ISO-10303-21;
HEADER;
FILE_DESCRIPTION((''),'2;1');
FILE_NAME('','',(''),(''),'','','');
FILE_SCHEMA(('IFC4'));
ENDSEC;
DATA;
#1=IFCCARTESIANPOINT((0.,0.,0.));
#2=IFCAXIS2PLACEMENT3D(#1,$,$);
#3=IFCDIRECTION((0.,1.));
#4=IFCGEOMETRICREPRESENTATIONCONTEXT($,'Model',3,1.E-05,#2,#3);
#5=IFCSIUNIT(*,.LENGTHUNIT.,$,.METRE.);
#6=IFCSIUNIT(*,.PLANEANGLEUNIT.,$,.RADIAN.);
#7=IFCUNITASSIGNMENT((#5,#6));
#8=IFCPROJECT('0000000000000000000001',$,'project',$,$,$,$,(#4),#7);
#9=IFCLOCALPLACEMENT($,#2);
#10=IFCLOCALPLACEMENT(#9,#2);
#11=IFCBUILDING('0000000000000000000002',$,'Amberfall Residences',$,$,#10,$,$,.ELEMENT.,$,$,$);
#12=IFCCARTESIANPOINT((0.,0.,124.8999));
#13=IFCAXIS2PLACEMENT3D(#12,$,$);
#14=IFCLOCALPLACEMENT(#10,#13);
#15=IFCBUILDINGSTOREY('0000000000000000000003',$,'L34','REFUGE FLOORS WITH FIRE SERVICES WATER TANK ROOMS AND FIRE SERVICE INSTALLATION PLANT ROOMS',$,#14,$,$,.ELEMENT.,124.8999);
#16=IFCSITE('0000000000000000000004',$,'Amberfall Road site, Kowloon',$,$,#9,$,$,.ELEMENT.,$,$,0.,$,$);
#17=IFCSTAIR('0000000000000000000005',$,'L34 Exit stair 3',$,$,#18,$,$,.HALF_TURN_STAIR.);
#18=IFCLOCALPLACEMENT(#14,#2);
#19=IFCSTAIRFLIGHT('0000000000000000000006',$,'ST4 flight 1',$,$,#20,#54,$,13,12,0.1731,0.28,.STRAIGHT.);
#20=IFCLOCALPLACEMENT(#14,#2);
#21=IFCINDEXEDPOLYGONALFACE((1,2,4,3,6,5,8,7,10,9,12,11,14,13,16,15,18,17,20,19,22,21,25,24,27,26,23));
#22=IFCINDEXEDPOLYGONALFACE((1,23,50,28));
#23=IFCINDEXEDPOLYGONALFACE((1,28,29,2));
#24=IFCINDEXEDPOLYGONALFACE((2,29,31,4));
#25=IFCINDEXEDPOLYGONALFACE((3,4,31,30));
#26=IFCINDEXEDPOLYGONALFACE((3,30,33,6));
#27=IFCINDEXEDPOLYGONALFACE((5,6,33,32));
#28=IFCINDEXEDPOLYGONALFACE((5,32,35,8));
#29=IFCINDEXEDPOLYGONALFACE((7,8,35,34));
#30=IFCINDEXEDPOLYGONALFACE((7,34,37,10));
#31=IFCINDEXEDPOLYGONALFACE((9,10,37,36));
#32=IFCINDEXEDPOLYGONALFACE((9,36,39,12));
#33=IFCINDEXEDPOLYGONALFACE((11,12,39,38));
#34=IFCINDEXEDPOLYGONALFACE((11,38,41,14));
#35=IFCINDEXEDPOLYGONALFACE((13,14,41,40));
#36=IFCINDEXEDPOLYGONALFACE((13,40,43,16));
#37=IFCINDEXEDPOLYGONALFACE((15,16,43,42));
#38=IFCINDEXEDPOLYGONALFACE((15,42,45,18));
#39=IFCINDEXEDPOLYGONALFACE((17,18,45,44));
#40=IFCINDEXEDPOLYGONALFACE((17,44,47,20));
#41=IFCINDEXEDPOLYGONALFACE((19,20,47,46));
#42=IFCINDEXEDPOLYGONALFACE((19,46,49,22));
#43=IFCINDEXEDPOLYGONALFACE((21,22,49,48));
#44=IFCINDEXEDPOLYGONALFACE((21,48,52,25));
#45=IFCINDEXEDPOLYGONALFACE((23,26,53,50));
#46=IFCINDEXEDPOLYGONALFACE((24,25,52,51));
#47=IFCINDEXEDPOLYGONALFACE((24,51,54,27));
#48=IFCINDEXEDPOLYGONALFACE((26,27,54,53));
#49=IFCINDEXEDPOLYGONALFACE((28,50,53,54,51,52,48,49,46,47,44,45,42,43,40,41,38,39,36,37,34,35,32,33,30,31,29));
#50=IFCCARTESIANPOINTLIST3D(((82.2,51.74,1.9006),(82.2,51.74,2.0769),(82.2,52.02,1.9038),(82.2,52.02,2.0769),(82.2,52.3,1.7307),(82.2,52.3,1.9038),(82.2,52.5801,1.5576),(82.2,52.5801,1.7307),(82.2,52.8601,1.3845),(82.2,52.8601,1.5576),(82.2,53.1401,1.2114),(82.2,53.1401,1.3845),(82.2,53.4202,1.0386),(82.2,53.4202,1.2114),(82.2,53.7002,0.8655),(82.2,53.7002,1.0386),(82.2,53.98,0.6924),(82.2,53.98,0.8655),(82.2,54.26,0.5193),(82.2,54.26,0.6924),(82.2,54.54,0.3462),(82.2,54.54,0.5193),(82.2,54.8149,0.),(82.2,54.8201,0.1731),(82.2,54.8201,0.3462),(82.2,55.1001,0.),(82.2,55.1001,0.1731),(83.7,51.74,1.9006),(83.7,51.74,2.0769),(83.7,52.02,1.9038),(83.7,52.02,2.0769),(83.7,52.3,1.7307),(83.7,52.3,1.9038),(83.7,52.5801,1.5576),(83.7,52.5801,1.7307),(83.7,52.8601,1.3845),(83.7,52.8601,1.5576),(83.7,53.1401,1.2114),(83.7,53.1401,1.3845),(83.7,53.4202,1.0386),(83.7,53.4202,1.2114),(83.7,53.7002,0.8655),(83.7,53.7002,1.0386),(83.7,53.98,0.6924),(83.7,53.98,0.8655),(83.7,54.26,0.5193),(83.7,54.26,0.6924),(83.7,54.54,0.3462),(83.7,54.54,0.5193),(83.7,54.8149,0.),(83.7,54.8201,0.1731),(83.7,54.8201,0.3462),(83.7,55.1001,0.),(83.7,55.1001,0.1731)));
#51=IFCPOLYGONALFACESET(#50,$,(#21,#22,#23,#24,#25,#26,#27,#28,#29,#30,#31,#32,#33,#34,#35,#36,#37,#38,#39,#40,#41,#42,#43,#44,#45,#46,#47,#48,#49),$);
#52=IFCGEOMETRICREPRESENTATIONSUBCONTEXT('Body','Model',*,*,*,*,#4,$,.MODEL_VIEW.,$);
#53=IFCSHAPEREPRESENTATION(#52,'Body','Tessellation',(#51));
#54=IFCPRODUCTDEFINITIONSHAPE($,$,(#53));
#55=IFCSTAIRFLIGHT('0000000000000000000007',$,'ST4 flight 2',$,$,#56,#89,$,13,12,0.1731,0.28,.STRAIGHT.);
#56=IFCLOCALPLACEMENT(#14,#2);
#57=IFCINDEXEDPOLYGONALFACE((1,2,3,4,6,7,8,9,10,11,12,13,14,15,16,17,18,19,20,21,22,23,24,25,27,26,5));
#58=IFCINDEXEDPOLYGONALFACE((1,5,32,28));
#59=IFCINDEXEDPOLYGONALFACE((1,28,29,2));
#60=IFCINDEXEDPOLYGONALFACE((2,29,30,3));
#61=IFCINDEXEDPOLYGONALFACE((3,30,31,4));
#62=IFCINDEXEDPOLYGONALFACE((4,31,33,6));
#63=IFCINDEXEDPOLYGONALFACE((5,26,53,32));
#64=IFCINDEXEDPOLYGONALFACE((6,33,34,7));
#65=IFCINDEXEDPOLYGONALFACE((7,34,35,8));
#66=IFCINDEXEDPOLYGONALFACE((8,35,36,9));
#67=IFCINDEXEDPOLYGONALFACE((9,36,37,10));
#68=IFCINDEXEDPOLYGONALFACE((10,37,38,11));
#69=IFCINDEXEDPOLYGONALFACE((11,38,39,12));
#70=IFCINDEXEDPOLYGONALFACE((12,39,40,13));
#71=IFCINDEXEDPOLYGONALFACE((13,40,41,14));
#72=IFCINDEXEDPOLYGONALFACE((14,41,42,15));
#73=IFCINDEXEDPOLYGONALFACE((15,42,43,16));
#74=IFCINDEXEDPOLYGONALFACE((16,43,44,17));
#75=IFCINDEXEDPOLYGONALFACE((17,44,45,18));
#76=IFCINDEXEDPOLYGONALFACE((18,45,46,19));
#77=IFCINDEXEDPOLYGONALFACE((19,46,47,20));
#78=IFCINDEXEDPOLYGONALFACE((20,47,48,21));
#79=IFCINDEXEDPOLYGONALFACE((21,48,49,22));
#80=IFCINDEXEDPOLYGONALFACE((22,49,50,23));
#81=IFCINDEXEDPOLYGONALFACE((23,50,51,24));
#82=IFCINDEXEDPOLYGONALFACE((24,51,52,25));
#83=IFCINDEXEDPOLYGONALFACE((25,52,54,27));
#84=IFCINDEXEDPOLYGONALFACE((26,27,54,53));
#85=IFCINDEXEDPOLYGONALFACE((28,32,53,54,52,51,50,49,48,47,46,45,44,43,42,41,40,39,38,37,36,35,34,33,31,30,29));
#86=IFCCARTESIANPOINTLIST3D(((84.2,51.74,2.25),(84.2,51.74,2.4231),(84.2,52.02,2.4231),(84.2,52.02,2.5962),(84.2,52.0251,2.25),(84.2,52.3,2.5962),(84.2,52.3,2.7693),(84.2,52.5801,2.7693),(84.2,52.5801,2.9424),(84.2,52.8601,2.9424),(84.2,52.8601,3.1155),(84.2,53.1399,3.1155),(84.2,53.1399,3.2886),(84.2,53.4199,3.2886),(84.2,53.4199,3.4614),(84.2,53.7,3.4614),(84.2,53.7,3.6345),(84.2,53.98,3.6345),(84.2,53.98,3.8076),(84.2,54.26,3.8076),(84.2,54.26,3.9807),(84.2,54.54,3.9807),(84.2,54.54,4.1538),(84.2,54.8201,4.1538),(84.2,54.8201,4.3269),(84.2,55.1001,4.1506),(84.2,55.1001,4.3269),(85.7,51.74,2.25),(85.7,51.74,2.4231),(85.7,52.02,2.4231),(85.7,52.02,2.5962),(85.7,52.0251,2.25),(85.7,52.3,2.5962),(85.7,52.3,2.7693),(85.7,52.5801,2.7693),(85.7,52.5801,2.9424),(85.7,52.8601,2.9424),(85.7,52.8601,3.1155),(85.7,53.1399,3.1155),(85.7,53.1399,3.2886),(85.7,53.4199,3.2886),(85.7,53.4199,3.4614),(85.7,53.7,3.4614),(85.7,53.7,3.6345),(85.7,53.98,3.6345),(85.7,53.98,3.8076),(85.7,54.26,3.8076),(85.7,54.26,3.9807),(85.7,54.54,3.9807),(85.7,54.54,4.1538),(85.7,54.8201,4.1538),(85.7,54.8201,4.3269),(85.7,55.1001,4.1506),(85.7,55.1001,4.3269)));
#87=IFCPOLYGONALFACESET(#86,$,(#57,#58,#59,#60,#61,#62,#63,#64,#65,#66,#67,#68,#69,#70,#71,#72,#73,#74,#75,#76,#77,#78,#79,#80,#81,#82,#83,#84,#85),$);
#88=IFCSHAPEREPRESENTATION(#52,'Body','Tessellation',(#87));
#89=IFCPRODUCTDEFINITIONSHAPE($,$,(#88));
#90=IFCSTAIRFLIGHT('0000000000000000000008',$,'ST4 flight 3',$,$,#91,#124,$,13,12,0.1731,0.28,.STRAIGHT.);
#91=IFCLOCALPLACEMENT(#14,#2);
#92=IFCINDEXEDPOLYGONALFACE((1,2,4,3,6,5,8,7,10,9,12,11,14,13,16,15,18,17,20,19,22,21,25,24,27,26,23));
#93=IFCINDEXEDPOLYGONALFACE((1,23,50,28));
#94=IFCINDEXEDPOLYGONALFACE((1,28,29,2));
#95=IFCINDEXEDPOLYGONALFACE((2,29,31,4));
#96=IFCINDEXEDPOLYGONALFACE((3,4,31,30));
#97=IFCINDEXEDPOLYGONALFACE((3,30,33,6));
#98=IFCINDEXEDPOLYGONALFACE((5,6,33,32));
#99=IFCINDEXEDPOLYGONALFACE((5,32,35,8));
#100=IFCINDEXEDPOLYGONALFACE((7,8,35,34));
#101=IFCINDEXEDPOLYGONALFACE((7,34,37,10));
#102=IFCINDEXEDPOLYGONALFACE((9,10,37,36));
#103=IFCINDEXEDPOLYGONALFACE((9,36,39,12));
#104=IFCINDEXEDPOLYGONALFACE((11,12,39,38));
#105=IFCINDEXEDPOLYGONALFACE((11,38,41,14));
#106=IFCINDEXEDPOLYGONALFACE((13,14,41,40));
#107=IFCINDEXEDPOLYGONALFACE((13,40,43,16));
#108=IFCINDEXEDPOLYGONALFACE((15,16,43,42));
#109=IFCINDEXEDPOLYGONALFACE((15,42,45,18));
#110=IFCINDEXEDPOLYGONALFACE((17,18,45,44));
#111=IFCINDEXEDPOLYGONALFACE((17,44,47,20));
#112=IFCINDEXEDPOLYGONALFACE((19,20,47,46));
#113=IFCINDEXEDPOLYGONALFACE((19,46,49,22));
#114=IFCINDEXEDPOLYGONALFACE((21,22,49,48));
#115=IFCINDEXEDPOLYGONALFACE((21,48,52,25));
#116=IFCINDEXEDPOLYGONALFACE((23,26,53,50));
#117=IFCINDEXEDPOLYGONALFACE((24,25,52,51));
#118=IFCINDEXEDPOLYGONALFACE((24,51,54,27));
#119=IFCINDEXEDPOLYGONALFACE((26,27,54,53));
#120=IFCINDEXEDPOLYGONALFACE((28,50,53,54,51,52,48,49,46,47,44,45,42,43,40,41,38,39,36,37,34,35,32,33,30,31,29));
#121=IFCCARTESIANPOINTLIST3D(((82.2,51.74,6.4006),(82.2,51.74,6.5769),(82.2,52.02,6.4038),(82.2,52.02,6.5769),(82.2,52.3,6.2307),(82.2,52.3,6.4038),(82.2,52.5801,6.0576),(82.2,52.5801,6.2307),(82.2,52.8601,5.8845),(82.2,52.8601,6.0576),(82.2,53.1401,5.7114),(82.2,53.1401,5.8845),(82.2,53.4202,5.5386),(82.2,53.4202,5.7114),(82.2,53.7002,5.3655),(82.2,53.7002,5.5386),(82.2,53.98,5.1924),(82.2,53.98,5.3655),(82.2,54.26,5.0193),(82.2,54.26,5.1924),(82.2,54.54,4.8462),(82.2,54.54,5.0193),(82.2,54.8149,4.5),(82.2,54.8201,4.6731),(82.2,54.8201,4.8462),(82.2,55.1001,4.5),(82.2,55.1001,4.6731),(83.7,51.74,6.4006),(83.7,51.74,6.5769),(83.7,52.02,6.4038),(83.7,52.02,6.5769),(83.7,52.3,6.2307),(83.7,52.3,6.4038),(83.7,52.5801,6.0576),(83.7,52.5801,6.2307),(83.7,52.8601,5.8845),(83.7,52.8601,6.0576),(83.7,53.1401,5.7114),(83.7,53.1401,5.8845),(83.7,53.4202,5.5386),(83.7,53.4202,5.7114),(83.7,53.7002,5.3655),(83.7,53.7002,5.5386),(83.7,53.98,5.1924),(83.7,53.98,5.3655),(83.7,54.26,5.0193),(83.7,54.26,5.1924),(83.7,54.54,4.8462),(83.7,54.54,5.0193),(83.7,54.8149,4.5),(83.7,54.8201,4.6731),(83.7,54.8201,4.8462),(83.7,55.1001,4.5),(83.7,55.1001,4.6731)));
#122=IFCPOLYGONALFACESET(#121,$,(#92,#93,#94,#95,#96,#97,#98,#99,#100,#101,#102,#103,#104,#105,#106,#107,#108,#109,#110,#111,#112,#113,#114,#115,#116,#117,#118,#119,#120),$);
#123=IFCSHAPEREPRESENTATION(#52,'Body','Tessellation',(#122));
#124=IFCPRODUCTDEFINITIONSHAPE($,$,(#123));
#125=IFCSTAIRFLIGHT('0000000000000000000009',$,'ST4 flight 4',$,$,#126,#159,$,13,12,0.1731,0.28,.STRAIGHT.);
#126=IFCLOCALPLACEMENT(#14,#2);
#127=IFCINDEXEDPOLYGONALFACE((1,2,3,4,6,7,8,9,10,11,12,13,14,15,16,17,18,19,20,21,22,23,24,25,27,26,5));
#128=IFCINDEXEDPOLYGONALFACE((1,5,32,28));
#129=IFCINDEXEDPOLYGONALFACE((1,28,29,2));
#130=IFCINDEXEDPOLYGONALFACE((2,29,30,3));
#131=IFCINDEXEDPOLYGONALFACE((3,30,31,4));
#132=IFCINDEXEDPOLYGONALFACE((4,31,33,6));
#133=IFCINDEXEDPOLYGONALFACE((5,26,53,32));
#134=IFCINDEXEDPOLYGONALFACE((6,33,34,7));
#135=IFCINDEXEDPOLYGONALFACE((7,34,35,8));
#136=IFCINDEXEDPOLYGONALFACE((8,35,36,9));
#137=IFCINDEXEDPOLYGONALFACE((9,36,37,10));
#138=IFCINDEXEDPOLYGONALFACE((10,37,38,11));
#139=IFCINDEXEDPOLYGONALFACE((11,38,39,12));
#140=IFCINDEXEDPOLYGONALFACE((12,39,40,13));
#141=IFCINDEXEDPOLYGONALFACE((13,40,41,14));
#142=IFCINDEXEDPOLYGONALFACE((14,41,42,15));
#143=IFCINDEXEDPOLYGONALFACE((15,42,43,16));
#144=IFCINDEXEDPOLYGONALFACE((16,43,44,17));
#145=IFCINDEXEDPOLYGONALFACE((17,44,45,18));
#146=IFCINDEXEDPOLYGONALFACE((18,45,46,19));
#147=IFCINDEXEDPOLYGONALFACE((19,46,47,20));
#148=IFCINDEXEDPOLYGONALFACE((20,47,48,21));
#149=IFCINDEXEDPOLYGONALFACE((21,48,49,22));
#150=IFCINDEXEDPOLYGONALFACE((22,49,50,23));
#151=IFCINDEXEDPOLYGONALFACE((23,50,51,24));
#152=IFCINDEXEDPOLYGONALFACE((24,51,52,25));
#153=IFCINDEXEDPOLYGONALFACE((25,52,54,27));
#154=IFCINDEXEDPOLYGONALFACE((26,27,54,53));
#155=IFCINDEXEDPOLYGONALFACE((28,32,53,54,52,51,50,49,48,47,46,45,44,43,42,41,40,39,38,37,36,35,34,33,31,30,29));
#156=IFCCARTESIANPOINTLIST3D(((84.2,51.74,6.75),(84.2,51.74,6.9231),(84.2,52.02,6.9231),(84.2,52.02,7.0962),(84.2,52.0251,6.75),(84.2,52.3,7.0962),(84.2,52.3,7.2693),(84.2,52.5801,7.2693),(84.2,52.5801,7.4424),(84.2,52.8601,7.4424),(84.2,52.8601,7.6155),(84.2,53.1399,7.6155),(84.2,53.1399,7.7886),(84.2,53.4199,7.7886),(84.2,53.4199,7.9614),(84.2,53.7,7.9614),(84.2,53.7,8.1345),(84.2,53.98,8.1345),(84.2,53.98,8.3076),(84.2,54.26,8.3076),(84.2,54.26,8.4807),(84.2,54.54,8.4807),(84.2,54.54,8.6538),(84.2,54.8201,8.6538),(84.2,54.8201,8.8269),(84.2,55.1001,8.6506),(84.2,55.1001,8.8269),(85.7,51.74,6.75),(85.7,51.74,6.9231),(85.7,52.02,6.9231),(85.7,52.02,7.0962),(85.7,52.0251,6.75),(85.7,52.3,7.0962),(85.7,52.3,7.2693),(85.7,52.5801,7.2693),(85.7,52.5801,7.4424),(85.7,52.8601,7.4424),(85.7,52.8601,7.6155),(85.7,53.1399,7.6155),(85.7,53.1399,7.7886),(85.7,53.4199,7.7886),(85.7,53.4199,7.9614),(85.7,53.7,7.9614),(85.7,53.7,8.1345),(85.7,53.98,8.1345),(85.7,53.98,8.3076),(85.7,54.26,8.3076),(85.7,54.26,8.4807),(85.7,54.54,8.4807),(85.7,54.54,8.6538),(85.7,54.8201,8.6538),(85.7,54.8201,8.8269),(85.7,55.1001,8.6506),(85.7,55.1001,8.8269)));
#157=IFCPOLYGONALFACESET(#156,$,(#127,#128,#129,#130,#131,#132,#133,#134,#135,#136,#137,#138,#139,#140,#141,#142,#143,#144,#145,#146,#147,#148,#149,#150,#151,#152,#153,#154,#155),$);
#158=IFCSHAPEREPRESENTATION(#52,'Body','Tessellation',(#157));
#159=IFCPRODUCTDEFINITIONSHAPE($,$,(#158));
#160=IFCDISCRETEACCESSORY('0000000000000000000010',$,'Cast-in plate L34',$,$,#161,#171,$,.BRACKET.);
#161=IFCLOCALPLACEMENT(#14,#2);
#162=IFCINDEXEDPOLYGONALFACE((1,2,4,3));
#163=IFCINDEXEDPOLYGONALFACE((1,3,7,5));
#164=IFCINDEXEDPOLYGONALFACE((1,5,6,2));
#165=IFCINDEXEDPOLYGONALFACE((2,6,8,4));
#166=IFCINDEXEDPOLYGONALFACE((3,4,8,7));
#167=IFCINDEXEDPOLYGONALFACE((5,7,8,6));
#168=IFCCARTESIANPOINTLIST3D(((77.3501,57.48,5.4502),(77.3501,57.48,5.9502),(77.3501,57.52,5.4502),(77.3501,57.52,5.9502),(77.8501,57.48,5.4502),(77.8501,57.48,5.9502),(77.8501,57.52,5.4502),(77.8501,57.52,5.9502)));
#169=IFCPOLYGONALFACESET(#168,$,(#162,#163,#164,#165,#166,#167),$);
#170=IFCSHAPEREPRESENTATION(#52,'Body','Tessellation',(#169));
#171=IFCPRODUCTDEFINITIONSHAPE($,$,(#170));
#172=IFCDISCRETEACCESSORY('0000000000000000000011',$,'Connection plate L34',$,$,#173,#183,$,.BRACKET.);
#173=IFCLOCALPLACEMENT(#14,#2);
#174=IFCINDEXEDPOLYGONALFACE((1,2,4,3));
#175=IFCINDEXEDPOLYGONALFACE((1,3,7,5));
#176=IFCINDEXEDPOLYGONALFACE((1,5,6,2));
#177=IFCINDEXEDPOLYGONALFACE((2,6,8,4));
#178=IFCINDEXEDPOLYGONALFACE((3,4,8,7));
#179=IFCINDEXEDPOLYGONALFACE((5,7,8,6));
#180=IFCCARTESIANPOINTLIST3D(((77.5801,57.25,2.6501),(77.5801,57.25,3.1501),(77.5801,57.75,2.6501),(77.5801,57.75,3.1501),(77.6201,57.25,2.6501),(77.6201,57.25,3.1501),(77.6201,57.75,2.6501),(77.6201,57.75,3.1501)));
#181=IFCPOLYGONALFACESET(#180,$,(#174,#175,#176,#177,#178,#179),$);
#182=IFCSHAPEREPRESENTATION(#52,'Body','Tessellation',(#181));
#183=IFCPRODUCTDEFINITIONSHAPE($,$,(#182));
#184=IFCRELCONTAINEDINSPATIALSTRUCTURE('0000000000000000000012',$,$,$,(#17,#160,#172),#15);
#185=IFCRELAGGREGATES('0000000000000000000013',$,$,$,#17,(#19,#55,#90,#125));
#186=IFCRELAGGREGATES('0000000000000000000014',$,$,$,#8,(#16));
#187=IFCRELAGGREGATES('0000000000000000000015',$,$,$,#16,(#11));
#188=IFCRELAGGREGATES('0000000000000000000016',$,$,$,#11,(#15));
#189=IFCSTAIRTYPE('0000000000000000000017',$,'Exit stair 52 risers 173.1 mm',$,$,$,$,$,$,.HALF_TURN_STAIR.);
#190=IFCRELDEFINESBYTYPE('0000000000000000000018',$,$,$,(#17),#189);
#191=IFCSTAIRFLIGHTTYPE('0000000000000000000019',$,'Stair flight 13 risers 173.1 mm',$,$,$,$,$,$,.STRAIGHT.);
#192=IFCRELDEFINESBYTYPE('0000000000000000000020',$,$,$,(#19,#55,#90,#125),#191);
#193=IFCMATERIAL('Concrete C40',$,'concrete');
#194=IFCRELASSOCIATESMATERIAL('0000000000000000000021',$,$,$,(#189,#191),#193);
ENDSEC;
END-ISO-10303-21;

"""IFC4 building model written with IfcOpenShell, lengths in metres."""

from ifc_helpers import new_model, si_unit, direction, frame, origin, origin_2d, place, context, subcontext, project, spatial, polyline, rectangle, outline, extrude, material, type_object, element, aggregate, save


model = new_model("IFC4")

# Units and contexts
model_context = context("Model", 3, precision=1e-05, world=origin(), true_north=direction((0.0, 1.0)))
body_context = subcontext(model_context, "Body", "Model", "MODEL_VIEW")
ifc_project = project(units=[si_unit("LENGTHUNIT", "METRE"), si_unit("PLANEANGLEUNIT", "RADIAN")], contexts=[model_context])

# Site, building, storey
site_placement = place(None, origin())
site = spatial("IfcSite", under=ifc_project, at=site_placement, Name="Amberfall Road site, Kowloon", CompositionType="ELEMENT", RefElevation=0.0)
building_placement = place(site_placement, origin())
building = spatial("IfcBuilding", under=site, at=building_placement, Name="Amberfall Residences", CompositionType="ELEMENT")
storey_placement = place(building_placement, frame((0.0, 0.0, 124.8999)))
storey = spatial("IfcBuildingStorey", under=building, at=storey_placement, Name="L34", Description="REFUGE FLOORS WITH FIRE SERVICES WATER TANK ROOMS AND FIRE SERVICE INSTALLATION PLANT ROOMS", CompositionType="ELEMENT", Elevation=124.8999)

# Shared definitions
ifc_material_1 = material(Name="Concrete C40", Category="concrete")

# Stair, stair flights
stair_type = type_object("IfcStairType", Name="Exit stair 52 risers 173.1 mm", PredefinedType="HALF_TURN_STAIR", material=ifc_material_1)
stair_placement = place(storey_placement, origin())
stair = element("IfcStair", 1, at=stair_placement, inside=storey, type_object=stair_type, Name="L34 Exit stair 3", PredefinedType="HALF_TURN_STAIR")
stair_flight_type = type_object("IfcStairFlightType", Name="Stair flight 13 risers 173.1 mm", PredefinedType="STRAIGHT", material=ifc_material_1)
stair_flight_1_placement = place(storey_placement, frame((82.95, 55.1001, 0.0), z_axis=(0.0, 0.0, 1.0), x_axis=(0.0, -1.0, 0.0)))
stair_flight_1 = element("IfcStairFlight", 2, at=stair_flight_1_placement, type_object=stair_flight_type, Name="ST4 flight 1", NumberOfRisers=13, NumberOfTreads=12, PredefinedType="STRAIGHT", RiserHeight=0.1731, TreadLength=0.28, context=body_context, shape_type="SweptSolid", body=[
    extrude(outline(polyline([(0.0, 0.0), (0.0, 0.1731), (0.28, 0.1731), (0.28, 0.3462), (0.5601, 0.3462), (0.5601, 0.5193), (0.8401, 0.5193), (0.8401, 0.6924), (1.1201, 0.6924), (1.1201, 0.8655), (1.3999, 0.8655), (1.3999, 1.0386), (1.6799, 1.0386), (1.6799, 1.2114), (1.96, 1.2114), (1.96, 1.3845), (2.24, 1.3845), (2.24, 1.5576), (2.52, 1.5576), (2.52, 1.7307), (2.8, 1.7307), (2.8, 1.9038), (3.0801, 1.9038), (3.0801, 2.0769), (3.3601, 2.0769), (3.3601, 2.25), (3.3601, 1.9006), (0.2852, 0.0), (0.0, 0.0)])), frame((0.0, 0.75, 0.0), z_axis=(0.0, -1.0, 0.0), x_axis=(1.0, 0.0, 0.0)), (0.0, 0.0, 1.0), 1.5),
])
stair_flight_2_placement = place(storey_placement, frame((84.95, 51.74, 2.25), z_axis=(0.0, 0.0, 1.0), x_axis=(0.0, 1.0, 0.0)))
stair_flight_2 = element("IfcStairFlight", 3, at=stair_flight_2_placement, type_object=stair_flight_type, Name="ST4 flight 2", NumberOfRisers=13, NumberOfTreads=12, PredefinedType="STRAIGHT", RiserHeight=0.1731, TreadLength=0.28, context=body_context, shape_type="SweptSolid", body=[
    extrude(outline(polyline([(0.0, 0.0), (0.0, 0.1731), (0.28, 0.1731), (0.28, 0.3462), (0.5601, 0.3462), (0.5601, 0.5193), (0.8401, 0.5193), (0.8401, 0.6924), (1.1201, 0.6924), (1.1201, 0.8655), (1.3999, 0.8655), (1.3999, 1.0386), (1.6799, 1.0386), (1.6799, 1.2114), (1.96, 1.2114), (1.96, 1.3845), (2.24, 1.3845), (2.24, 1.5576), (2.52, 1.5576), (2.52, 1.7307), (2.8, 1.7307), (2.8, 1.9038), (3.0801, 1.9038), (3.0801, 2.0769), (3.3601, 2.0769), (3.3601, 2.25), (3.3601, 1.9006), (0.2852, 0.0), (0.0, 0.0)])), frame((0.0, 0.75, 0.0), z_axis=(0.0, -1.0, 0.0), x_axis=(1.0, 0.0, 0.0)), (0.0, 0.0, 1.0), 1.5),
])
stair_flight_3_placement = place(storey_placement, frame((82.95, 55.1001, 4.5), z_axis=(0.0, 0.0, 1.0), x_axis=(0.0, -1.0, 0.0)))
stair_flight_3 = element("IfcStairFlight", 4, at=stair_flight_3_placement, type_object=stair_flight_type, Name="ST4 flight 3", NumberOfRisers=13, NumberOfTreads=12, PredefinedType="STRAIGHT", RiserHeight=0.1731, TreadLength=0.28, context=body_context, shape_type="SweptSolid", body=[
    extrude(outline(polyline([(0.0, 0.0), (0.0, 0.1731), (0.28, 0.1731), (0.28, 0.3462), (0.5601, 0.3462), (0.5601, 0.5193), (0.8401, 0.5193), (0.8401, 0.6924), (1.1201, 0.6924), (1.1201, 0.8655), (1.3999, 0.8655), (1.3999, 1.0386), (1.6799, 1.0386), (1.6799, 1.2114), (1.96, 1.2114), (1.96, 1.3845), (2.24, 1.3845), (2.24, 1.5576), (2.52, 1.5576), (2.52, 1.7307), (2.8, 1.7307), (2.8, 1.9038), (3.0801, 1.9038), (3.0801, 2.0769), (3.3601, 2.0769), (3.3601, 2.25), (3.3601, 1.9006), (0.2852, 0.0), (0.0, 0.0)])), frame((0.0, 0.75, 0.0), z_axis=(0.0, -1.0, 0.0), x_axis=(1.0, 0.0, 0.0)), (0.0, 0.0, 1.0), 1.5),
])
stair_flight_4_placement = place(storey_placement, frame((84.95, 51.74, 6.75), z_axis=(0.0, 0.0, 1.0), x_axis=(0.0, 1.0, 0.0)))
stair_flight_4 = element("IfcStairFlight", 5, at=stair_flight_4_placement, type_object=stair_flight_type, Name="ST4 flight 4", NumberOfRisers=13, NumberOfTreads=12, PredefinedType="STRAIGHT", RiserHeight=0.1731, TreadLength=0.28, context=body_context, shape_type="SweptSolid", body=[
    extrude(outline(polyline([(0.0, 0.0), (0.0, 0.1731), (0.28, 0.1731), (0.28, 0.3462), (0.5601, 0.3462), (0.5601, 0.5193), (0.8401, 0.5193), (0.8401, 0.6924), (1.1201, 0.6924), (1.1201, 0.8655), (1.3999, 0.8655), (1.3999, 1.0386), (1.6799, 1.0386), (1.6799, 1.2114), (1.96, 1.2114), (1.96, 1.3845), (2.24, 1.3845), (2.24, 1.5576), (2.52, 1.5576), (2.52, 1.7307), (2.8, 1.7307), (2.8, 1.9038), (3.0801, 1.9038), (3.0801, 2.0769), (3.3601, 2.0769), (3.3601, 2.25), (3.3601, 1.9006), (0.2852, 0.0), (0.0, 0.0)])), frame((0.0, 0.75, 0.0), z_axis=(0.0, -1.0, 0.0), x_axis=(1.0, 0.0, 0.0)), (0.0, 0.0, 1.0), 1.5),
])
aggregate(stair, [stair_flight_1, stair_flight_2, stair_flight_3, stair_flight_4])

# Discrete accessories
discrete_accessory_1_placement = place(storey_placement, frame((77.6001, 57.5, 5.4502), z_axis=(0.0, 0.0, 1.0), x_axis=(0.0, 1.0, 0.0)))
element("IfcDiscreteAccessory", 6, at=discrete_accessory_1_placement, inside=storey, Name="Cast-in plate L34", PredefinedType="BRACKET", context=body_context, shape_type="SweptSolid", body=[
    extrude(rectangle(XDim=0.04, YDim=0.5, at=origin_2d()), origin(), (0.0, 0.0, 1.0), 0.5),
])
discrete_accessory_2_placement = place(storey_placement, frame((77.6001, 57.5, 2.6501), z_axis=(0.0, 0.0, 1.0), x_axis=(0.0, 1.0, 0.0)))
element("IfcDiscreteAccessory", 7, at=discrete_accessory_2_placement, inside=storey, Name="Connection plate L34", PredefinedType="BRACKET", context=body_context, shape_type="SweptSolid", body=[
    extrude(rectangle(XDim=0.5, YDim=0.04, at=origin_2d()), origin(), (0.0, 0.0, 1.0), 0.5),
])

save(model, "model.ifc")
